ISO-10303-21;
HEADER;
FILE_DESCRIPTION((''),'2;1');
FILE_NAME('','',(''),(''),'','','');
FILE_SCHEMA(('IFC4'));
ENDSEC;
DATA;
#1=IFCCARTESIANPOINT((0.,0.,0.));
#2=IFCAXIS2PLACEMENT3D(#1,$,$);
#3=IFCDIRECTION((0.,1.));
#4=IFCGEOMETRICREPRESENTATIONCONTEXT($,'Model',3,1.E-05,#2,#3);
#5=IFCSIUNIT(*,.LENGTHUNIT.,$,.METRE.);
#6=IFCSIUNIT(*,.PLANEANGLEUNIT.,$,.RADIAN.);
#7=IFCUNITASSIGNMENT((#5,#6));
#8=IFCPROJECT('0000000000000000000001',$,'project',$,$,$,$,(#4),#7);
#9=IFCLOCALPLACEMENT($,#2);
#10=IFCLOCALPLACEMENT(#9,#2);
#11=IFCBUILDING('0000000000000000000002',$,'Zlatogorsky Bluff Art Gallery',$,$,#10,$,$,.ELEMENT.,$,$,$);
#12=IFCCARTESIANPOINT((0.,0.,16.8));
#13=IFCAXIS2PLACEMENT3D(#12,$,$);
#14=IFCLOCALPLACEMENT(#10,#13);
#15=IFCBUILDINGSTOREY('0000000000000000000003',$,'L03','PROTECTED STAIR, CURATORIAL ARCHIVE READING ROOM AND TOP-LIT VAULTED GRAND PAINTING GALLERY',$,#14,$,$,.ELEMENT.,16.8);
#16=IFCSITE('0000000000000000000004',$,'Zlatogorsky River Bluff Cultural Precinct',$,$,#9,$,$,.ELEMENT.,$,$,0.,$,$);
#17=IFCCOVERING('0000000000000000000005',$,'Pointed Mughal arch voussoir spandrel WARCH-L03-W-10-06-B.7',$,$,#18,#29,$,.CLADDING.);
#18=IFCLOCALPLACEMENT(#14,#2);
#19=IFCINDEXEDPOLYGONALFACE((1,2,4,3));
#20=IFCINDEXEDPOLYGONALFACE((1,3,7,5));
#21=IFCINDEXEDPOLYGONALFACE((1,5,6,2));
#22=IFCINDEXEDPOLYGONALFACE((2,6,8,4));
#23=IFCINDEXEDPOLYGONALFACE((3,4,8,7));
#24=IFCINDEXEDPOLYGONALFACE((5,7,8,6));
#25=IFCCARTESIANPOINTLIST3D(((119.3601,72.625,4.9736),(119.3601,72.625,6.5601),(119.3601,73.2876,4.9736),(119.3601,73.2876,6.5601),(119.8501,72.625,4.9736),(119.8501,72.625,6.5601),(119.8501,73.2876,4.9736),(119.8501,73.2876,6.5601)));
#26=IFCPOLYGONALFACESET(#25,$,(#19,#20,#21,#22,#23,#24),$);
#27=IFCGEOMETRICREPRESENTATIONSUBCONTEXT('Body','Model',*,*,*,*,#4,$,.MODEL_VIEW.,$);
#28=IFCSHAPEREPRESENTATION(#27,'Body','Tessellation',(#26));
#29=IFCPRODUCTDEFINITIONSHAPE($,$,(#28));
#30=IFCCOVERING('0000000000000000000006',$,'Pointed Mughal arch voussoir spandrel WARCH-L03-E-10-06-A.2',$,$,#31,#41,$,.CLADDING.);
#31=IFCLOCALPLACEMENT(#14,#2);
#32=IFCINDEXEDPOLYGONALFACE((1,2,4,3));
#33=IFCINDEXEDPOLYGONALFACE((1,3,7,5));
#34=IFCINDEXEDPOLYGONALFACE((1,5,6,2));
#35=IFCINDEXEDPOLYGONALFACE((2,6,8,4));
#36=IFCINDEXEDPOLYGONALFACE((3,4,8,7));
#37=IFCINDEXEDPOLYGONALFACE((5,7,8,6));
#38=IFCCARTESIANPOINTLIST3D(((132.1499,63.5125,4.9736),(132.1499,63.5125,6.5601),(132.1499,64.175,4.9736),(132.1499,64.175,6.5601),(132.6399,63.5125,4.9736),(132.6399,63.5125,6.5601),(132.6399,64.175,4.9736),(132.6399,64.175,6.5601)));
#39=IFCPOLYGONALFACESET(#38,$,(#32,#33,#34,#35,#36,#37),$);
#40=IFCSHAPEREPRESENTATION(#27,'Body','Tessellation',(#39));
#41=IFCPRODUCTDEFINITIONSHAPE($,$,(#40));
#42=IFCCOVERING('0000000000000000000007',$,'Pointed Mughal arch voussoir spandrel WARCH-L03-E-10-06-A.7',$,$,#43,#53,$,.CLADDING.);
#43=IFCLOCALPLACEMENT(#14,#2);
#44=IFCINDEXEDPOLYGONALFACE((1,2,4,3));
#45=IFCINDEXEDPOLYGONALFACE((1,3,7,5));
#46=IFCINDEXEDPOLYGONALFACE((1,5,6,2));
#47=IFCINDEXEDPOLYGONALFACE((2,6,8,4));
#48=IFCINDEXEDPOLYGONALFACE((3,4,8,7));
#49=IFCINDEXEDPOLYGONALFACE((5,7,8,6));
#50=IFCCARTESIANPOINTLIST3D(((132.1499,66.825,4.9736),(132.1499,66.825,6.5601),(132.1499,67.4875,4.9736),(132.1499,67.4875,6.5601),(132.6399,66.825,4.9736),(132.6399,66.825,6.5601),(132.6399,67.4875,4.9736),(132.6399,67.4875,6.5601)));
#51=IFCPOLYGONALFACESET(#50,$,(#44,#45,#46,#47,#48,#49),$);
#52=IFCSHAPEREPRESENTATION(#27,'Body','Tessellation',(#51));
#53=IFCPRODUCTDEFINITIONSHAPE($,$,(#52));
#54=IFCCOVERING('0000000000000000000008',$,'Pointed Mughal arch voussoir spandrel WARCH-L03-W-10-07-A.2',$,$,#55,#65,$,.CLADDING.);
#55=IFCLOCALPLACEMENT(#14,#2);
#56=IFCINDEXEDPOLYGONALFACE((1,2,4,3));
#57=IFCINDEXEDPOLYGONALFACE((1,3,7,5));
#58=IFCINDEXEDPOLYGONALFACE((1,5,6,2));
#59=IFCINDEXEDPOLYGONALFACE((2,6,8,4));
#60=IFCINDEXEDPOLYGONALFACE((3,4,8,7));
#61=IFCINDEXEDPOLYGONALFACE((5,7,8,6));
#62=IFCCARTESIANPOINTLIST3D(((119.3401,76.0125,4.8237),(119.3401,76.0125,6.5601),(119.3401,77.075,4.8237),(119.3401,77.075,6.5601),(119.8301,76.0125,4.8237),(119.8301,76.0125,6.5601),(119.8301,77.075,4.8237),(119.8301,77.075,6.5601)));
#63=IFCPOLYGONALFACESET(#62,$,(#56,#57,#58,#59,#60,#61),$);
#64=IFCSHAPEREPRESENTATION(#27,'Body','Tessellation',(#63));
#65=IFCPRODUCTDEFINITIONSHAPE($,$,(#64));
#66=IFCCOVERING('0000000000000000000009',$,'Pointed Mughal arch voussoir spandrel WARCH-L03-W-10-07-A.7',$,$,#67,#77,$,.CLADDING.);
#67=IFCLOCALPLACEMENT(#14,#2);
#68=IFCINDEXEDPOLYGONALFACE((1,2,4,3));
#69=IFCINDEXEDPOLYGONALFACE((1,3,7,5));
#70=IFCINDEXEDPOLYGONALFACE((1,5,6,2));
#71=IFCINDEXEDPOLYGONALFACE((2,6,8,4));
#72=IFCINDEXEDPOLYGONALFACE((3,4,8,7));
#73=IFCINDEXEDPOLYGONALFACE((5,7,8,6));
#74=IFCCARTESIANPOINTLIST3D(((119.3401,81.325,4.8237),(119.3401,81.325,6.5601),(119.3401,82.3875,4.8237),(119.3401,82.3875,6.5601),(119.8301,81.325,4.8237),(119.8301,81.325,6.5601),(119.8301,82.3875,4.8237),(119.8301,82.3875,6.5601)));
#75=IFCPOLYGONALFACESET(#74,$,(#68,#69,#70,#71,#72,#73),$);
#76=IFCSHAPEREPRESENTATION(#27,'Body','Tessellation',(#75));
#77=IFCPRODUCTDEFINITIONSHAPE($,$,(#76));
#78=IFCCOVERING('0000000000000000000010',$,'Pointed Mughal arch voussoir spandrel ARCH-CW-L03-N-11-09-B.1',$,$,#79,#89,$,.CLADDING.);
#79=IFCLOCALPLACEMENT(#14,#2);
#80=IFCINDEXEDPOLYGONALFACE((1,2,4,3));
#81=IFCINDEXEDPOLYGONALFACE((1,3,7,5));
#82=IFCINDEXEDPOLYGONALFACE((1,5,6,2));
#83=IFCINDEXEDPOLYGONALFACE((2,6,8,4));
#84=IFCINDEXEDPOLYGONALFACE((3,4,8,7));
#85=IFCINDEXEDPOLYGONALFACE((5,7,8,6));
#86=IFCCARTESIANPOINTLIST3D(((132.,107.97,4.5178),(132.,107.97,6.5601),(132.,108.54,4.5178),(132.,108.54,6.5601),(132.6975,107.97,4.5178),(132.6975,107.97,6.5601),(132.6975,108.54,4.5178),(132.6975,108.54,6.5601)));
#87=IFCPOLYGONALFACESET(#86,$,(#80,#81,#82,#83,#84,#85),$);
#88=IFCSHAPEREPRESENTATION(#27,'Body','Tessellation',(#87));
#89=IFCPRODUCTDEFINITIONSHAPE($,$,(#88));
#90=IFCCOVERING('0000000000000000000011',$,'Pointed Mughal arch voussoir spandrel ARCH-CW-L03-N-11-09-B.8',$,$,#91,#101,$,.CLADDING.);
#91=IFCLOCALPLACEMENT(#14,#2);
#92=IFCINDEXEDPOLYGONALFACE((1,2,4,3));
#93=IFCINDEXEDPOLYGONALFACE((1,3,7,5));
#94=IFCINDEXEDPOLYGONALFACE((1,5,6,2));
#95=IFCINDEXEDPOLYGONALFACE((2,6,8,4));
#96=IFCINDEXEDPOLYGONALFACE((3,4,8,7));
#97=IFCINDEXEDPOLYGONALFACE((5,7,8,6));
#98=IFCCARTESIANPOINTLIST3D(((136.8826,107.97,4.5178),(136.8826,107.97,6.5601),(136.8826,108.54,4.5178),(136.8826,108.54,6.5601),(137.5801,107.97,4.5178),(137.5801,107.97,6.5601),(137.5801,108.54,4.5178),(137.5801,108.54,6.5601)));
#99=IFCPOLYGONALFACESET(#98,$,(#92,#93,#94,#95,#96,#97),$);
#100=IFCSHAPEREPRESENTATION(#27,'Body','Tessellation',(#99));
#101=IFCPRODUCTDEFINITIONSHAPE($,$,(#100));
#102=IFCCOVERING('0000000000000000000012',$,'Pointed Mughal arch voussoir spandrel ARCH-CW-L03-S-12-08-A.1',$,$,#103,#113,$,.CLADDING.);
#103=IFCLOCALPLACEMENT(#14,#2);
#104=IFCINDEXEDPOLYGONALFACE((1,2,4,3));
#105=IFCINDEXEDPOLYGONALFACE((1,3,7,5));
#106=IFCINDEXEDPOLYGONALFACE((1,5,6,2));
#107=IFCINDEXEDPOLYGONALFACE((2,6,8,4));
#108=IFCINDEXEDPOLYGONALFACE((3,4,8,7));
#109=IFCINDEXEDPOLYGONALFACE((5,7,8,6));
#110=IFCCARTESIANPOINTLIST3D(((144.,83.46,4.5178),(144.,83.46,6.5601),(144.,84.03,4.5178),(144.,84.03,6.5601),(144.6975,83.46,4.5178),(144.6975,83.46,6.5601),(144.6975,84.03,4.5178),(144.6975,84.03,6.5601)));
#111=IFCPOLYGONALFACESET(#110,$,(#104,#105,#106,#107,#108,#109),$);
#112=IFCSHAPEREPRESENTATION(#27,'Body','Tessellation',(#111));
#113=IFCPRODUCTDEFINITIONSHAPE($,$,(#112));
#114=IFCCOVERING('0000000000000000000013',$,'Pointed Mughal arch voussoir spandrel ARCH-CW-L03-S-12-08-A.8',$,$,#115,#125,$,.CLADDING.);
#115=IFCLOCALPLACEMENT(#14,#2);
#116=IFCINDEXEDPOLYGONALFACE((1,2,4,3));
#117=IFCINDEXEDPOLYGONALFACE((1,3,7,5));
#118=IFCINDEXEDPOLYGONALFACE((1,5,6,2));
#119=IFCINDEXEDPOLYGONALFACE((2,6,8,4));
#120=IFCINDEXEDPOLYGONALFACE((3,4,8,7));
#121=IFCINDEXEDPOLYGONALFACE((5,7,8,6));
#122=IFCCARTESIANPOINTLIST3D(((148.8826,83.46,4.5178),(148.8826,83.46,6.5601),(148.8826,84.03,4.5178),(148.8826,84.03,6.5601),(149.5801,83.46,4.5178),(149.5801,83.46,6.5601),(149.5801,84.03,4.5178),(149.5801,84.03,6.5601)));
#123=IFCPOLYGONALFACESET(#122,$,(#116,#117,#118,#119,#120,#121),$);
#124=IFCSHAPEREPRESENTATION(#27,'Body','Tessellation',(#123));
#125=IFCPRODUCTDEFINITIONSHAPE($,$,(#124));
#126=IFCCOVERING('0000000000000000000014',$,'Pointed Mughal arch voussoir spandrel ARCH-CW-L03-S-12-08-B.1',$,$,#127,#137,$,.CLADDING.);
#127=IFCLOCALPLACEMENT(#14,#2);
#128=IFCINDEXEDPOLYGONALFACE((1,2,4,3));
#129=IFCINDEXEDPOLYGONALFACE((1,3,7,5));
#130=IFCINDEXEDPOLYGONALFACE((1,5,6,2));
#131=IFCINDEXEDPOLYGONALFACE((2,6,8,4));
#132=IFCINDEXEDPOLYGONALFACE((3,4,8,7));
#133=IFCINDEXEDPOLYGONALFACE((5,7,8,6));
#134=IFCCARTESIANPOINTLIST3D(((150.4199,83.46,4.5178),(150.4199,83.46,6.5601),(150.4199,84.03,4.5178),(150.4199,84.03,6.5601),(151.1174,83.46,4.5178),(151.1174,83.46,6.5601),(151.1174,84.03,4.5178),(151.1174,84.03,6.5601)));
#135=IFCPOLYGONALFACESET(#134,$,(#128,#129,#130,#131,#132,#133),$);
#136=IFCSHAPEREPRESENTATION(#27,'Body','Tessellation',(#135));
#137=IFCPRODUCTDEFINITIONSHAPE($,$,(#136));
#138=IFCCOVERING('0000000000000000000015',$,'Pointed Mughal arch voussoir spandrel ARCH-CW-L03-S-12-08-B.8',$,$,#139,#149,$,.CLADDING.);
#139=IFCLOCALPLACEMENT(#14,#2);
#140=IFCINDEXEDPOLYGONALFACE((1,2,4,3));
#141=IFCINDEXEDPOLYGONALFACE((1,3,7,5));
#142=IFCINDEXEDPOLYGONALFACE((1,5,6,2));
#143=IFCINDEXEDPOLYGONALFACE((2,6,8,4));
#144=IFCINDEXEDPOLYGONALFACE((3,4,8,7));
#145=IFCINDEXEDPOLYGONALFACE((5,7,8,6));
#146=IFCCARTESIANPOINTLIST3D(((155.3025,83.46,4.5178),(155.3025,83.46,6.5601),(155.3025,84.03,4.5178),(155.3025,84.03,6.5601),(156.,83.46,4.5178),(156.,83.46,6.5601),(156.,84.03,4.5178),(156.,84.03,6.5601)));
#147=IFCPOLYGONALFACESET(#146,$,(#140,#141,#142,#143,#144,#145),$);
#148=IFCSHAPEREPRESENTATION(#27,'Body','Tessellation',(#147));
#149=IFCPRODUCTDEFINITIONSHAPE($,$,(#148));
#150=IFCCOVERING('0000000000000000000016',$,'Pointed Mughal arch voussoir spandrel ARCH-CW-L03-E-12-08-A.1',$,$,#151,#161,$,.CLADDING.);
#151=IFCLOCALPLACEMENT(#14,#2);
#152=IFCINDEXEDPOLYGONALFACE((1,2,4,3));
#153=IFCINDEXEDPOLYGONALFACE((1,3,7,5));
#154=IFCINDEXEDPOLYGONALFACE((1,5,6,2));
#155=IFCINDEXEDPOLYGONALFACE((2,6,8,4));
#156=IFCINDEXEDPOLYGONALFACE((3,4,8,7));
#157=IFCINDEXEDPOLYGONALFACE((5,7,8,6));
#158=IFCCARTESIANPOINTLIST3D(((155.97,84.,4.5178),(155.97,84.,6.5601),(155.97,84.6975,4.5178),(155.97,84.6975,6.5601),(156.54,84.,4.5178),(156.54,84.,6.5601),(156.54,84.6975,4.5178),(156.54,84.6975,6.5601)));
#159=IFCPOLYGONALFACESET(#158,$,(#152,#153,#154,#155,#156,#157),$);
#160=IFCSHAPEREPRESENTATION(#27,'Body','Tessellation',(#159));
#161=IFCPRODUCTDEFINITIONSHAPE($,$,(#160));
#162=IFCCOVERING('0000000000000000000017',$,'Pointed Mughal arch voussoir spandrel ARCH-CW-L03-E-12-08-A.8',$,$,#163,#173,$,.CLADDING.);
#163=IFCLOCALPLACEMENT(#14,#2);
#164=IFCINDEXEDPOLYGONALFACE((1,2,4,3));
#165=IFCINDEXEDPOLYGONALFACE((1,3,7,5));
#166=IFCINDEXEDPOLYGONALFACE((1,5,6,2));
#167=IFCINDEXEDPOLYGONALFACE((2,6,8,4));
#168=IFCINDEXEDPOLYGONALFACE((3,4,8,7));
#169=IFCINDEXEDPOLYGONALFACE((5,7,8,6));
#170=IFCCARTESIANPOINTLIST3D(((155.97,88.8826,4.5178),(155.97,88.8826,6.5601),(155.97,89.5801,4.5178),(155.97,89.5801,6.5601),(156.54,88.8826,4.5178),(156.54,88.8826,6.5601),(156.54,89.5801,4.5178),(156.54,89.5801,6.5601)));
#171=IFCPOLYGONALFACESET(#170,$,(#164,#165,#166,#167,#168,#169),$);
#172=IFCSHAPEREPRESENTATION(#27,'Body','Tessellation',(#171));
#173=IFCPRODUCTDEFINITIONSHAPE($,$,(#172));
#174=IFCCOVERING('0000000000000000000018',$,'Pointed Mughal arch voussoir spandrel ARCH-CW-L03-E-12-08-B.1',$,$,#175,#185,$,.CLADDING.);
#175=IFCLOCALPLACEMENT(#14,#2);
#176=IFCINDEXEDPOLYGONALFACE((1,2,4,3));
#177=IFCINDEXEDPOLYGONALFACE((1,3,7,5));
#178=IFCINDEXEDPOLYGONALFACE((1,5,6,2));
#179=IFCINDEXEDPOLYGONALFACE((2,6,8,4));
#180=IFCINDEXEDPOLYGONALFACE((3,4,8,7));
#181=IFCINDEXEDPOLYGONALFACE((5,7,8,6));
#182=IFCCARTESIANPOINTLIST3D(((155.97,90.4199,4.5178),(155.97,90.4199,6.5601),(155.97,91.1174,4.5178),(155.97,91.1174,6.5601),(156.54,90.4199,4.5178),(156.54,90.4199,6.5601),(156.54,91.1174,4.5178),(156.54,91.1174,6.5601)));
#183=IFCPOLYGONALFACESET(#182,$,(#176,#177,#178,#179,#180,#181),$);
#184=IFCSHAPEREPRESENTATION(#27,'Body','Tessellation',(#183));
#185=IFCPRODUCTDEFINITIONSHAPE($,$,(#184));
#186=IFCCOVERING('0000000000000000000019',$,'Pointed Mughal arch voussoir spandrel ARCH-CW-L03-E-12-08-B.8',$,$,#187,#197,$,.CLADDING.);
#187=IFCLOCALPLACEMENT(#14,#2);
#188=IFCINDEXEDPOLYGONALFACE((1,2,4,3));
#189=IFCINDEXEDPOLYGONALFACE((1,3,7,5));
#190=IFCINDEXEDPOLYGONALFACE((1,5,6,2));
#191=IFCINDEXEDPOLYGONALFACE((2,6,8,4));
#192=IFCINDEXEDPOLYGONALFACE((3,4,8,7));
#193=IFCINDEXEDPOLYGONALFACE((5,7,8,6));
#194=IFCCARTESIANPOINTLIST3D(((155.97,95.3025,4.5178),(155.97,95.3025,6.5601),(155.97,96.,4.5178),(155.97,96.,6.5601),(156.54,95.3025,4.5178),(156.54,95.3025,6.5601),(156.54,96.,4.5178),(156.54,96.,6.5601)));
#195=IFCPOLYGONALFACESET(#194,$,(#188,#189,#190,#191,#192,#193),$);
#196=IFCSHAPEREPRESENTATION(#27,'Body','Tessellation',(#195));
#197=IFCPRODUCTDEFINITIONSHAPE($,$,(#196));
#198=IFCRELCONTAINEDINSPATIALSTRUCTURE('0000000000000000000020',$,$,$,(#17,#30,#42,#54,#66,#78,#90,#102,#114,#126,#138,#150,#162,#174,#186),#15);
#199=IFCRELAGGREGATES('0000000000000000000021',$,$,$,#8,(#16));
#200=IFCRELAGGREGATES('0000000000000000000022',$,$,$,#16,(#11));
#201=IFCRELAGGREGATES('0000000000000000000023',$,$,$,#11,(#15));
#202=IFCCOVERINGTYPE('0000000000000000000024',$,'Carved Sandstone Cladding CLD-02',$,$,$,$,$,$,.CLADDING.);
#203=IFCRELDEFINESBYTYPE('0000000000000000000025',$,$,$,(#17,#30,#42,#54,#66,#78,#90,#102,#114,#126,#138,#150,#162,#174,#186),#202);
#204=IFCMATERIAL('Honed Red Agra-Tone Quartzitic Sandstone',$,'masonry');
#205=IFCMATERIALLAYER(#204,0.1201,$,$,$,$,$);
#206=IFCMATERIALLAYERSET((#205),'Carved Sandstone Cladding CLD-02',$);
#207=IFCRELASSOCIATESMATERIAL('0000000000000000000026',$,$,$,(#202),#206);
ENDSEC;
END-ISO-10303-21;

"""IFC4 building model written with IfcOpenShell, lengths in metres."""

from ifc_helpers import new_model, si_unit, direction, frame, origin, place, context, subcontext, project, spatial, polyline, outline, extrude, material, layer, layer_set, type_object, element, save


model = new_model("IFC4")

# Units and contexts
model_context = context("Model", 3, precision=1e-05, world=origin(), true_north=direction((0.0, 1.0)))
body_context = subcontext(model_context, "Body", "Model", "MODEL_VIEW")
ifc_project = project(units=[si_unit("LENGTHUNIT", "METRE"), si_unit("PLANEANGLEUNIT", "RADIAN")], contexts=[model_context])

# Site, building, storey
site_placement = place(None, origin())
site = spatial("IfcSite", under=ifc_project, at=site_placement, Name="Zlatogorsky River Bluff Cultural Precinct", CompositionType="ELEMENT", RefElevation=0.0)
building_placement = place(site_placement, origin())
building = spatial("IfcBuilding", under=site, at=building_placement, Name="Zlatogorsky Bluff Art Gallery", CompositionType="ELEMENT")
storey_placement = place(building_placement, frame((0.0, 0.0, 16.8)))
storey = spatial("IfcBuildingStorey", under=building, at=storey_placement, Name="L03", Description="PROTECTED STAIR, CURATORIAL ARCHIVE READING ROOM AND TOP-LIT VAULTED GRAND PAINTING GALLERY", CompositionType="ELEMENT", Elevation=16.8)

# Coverings
ifc_material = material(Name="Honed Red Agra-Tone Quartzitic Sandstone", Category="masonry")
ifc_layer = layer(ifc_material, 0.1201)
ifc_layer_set = layer_set([ifc_layer], Name="Carved Sandstone Cladding CLD-02")
covering_type = type_object("IfcCoveringType", Name="Carved Sandstone Cladding CLD-02", PredefinedType="CLADDING", material=ifc_layer_set)
covering_1_placement = place(storey_placement, frame((0.0, 0.0, 4.9736)))
element("IfcCovering", 1, at=covering_1_placement, inside=storey, type_object=covering_type, Name="Pointed Mughal arch voussoir spandrel WARCH-L03-W-10-06-B.7", PredefinedType="CLADDING", context=body_context, shape_type="SweptSolid", body=[
    extrude(outline(polyline([(119.3601, 72.625), (119.3601, 73.2876), (119.8501, 73.2876), (119.8501, 72.625), (119.3601, 72.625)])), origin(), (0.0, 0.0, 1.0), 1.5864),
])
covering_2_placement = place(storey_placement, frame((0.0, 0.0, 4.9736)))
element("IfcCovering", 2, at=covering_2_placement, inside=storey, type_object=covering_type, Name="Pointed Mughal arch voussoir spandrel WARCH-L03-E-10-06-A.2", PredefinedType="CLADDING", context=body_context, shape_type="SweptSolid", body=[
    extrude(outline(polyline([(132.1499, 63.5125), (132.1499, 64.175), (132.6399, 64.175), (132.6399, 63.5125), (132.1499, 63.5125)])), origin(), (0.0, 0.0, 1.0), 1.5864),
])
covering_3_placement = place(storey_placement, frame((0.0, 0.0, 4.9736)))
element("IfcCovering", 3, at=covering_3_placement, inside=storey, type_object=covering_type, Name="Pointed Mughal arch voussoir spandrel WARCH-L03-E-10-06-A.7", PredefinedType="CLADDING", context=body_context, shape_type="SweptSolid", body=[
    extrude(outline(polyline([(132.1499, 66.825), (132.1499, 67.4875), (132.6399, 67.4875), (132.6399, 66.825), (132.1499, 66.825)])), origin(), (0.0, 0.0, 1.0), 1.5864),
])
covering_4_placement = place(storey_placement, frame((0.0, 0.0, 4.8237)))
element("IfcCovering", 4, at=covering_4_placement, inside=storey, type_object=covering_type, Name="Pointed Mughal arch voussoir spandrel WARCH-L03-W-10-07-A.2", PredefinedType="CLADDING", context=body_context, shape_type="SweptSolid", body=[
    extrude(outline(polyline([(119.3401, 76.0125), (119.3401, 77.075), (119.8301, 77.075), (119.8301, 76.0125), (119.3401, 76.0125)])), origin(), (0.0, 0.0, 1.0), 1.7363),
])
covering_5_placement = place(storey_placement, frame((0.0, 0.0, 4.8237)))
element("IfcCovering", 5, at=covering_5_placement, inside=storey, type_object=covering_type, Name="Pointed Mughal arch voussoir spandrel WARCH-L03-W-10-07-A.7", PredefinedType="CLADDING", context=body_context, shape_type="SweptSolid", body=[
    extrude(outline(polyline([(119.3401, 81.325), (119.3401, 82.3875), (119.8301, 82.3875), (119.8301, 81.325), (119.3401, 81.325)])), origin(), (0.0, 0.0, 1.0), 1.7363),
])
covering_6_placement = place(storey_placement, frame((0.0, 0.0, 4.5178)))
element("IfcCovering", 6, at=covering_6_placement, inside=storey, type_object=covering_type, Name="Pointed Mughal arch voussoir spandrel ARCH-CW-L03-N-11-09-B.1", PredefinedType="CLADDING", context=body_context, shape_type="SweptSolid", body=[
    extrude(outline(polyline([(132.0, 107.97), (132.6975, 107.97), (132.6975, 108.54), (132.0, 108.54), (132.0, 107.97)])), origin(), (0.0, 0.0, 1.0), 2.0422),
])
covering_7_placement = place(storey_placement, frame((0.0, 0.0, 4.5178)))
element("IfcCovering", 7, at=covering_7_placement, inside=storey, type_object=covering_type, Name="Pointed Mughal arch voussoir spandrel ARCH-CW-L03-N-11-09-B.8", PredefinedType="CLADDING", context=body_context, shape_type="SweptSolid", body=[
    extrude(outline(polyline([(136.8826, 107.97), (137.5801, 107.97), (137.5801, 108.54), (136.8826, 108.54), (136.8826, 107.97)])), origin(), (0.0, 0.0, 1.0), 2.0422),
])
covering_8_placement = place(storey_placement, frame((0.0, 0.0, 4.5178)))
element("IfcCovering", 8, at=covering_8_placement, inside=storey, type_object=covering_type, Name="Pointed Mughal arch voussoir spandrel ARCH-CW-L03-S-12-08-A.1", PredefinedType="CLADDING", context=body_context, shape_type="SweptSolid", body=[
    extrude(outline(polyline([(144.0, 83.46), (144.6975, 83.46), (144.6975, 84.03), (144.0, 84.03), (144.0, 83.46)])), origin(), (0.0, 0.0, 1.0), 2.0422),
])
covering_9_placement = place(storey_placement, frame((0.0, 0.0, 4.5178)))
element("IfcCovering", 9, at=covering_9_placement, inside=storey, type_object=covering_type, Name="Pointed Mughal arch voussoir spandrel ARCH-CW-L03-S-12-08-A.8", PredefinedType="CLADDING", context=body_context, shape_type="SweptSolid", body=[
    extrude(outline(polyline([(148.8826, 83.46), (149.5801, 83.46), (149.5801, 84.03), (148.8826, 84.03), (148.8826, 83.46)])), origin(), (0.0, 0.0, 1.0), 2.0422),
])
covering_10_placement = place(storey_placement, frame((0.0, 0.0, 4.5178)))
element("IfcCovering", 10, at=covering_10_placement, inside=storey, type_object=covering_type, Name="Pointed Mughal arch voussoir spandrel ARCH-CW-L03-S-12-08-B.1", PredefinedType="CLADDING", context=body_context, shape_type="SweptSolid", body=[
    extrude(outline(polyline([(150.4199, 83.46), (151.1174, 83.46), (151.1174, 84.03), (150.4199, 84.03), (150.4199, 83.46)])), origin(), (0.0, 0.0, 1.0), 2.0422),
])
covering_11_placement = place(storey_placement, frame((0.0, 0.0, 4.5178)))
element("IfcCovering", 11, at=covering_11_placement, inside=storey, type_object=covering_type, Name="Pointed Mughal arch voussoir spandrel ARCH-CW-L03-S-12-08-B.8", PredefinedType="CLADDING", context=body_context, shape_type="SweptSolid", body=[
    extrude(outline(polyline([(155.3025, 83.46), (156.0, 83.46), (156.0, 84.03), (155.3025, 84.03), (155.3025, 83.46)])), origin(), (0.0, 0.0, 1.0), 2.0422),
])
covering_12_placement = place(storey_placement, frame((0.0, 0.0, 4.5178)))
element("IfcCovering", 12, at=covering_12_placement, inside=storey, type_object=covering_type, Name="Pointed Mughal arch voussoir spandrel ARCH-CW-L03-E-12-08-A.1", PredefinedType="CLADDING", context=body_context, shape_type="SweptSolid", body=[
    extrude(outline(polyline([(155.97, 84.0), (155.97, 84.6975), (156.54, 84.6975), (156.54, 84.0), (155.97, 84.0)])), origin(), (0.0, 0.0, 1.0), 2.0422),
])
covering_13_placement = place(storey_placement, frame((0.0, 0.0, 4.5178)))
element("IfcCovering", 13, at=covering_13_placement, inside=storey, type_object=covering_type, Name="Pointed Mughal arch voussoir spandrel ARCH-CW-L03-E-12-08-A.8", PredefinedType="CLADDING", context=body_context, shape_type="SweptSolid", body=[
    extrude(outline(polyline([(155.97, 88.8826), (155.97, 89.5801), (156.54, 89.5801), (156.54, 88.8826), (155.97, 88.8826)])), origin(), (0.0, 0.0, 1.0), 2.0422),
])
covering_14_placement = place(storey_placement, frame((0.0, 0.0, 4.5178)))
element("IfcCovering", 14, at=covering_14_placement, inside=storey, type_object=covering_type, Name="Pointed Mughal arch voussoir spandrel ARCH-CW-L03-E-12-08-B.1", PredefinedType="CLADDING", context=body_context, shape_type="SweptSolid", body=[
    extrude(outline(polyline([(155.97, 90.4199), (155.97, 91.1174), (156.54, 91.1174), (156.54, 90.4199), (155.97, 90.4199)])), origin(), (0.0, 0.0, 1.0), 2.0422),
])
covering_15_placement = place(storey_placement, frame((0.0, 0.0, 4.5178)))
element("IfcCovering", 15, at=covering_15_placement, inside=storey, type_object=covering_type, Name="Pointed Mughal arch voussoir spandrel ARCH-CW-L03-E-12-08-B.8", PredefinedType="CLADDING", context=body_context, shape_type="SweptSolid", body=[
    extrude(outline(polyline([(155.97, 95.3025), (155.97, 96.0), (156.54, 96.0), (156.54, 95.3025), (155.97, 95.3025)])), origin(), (0.0, 0.0, 1.0), 2.0422),
])

save(model, "model.ifc")
